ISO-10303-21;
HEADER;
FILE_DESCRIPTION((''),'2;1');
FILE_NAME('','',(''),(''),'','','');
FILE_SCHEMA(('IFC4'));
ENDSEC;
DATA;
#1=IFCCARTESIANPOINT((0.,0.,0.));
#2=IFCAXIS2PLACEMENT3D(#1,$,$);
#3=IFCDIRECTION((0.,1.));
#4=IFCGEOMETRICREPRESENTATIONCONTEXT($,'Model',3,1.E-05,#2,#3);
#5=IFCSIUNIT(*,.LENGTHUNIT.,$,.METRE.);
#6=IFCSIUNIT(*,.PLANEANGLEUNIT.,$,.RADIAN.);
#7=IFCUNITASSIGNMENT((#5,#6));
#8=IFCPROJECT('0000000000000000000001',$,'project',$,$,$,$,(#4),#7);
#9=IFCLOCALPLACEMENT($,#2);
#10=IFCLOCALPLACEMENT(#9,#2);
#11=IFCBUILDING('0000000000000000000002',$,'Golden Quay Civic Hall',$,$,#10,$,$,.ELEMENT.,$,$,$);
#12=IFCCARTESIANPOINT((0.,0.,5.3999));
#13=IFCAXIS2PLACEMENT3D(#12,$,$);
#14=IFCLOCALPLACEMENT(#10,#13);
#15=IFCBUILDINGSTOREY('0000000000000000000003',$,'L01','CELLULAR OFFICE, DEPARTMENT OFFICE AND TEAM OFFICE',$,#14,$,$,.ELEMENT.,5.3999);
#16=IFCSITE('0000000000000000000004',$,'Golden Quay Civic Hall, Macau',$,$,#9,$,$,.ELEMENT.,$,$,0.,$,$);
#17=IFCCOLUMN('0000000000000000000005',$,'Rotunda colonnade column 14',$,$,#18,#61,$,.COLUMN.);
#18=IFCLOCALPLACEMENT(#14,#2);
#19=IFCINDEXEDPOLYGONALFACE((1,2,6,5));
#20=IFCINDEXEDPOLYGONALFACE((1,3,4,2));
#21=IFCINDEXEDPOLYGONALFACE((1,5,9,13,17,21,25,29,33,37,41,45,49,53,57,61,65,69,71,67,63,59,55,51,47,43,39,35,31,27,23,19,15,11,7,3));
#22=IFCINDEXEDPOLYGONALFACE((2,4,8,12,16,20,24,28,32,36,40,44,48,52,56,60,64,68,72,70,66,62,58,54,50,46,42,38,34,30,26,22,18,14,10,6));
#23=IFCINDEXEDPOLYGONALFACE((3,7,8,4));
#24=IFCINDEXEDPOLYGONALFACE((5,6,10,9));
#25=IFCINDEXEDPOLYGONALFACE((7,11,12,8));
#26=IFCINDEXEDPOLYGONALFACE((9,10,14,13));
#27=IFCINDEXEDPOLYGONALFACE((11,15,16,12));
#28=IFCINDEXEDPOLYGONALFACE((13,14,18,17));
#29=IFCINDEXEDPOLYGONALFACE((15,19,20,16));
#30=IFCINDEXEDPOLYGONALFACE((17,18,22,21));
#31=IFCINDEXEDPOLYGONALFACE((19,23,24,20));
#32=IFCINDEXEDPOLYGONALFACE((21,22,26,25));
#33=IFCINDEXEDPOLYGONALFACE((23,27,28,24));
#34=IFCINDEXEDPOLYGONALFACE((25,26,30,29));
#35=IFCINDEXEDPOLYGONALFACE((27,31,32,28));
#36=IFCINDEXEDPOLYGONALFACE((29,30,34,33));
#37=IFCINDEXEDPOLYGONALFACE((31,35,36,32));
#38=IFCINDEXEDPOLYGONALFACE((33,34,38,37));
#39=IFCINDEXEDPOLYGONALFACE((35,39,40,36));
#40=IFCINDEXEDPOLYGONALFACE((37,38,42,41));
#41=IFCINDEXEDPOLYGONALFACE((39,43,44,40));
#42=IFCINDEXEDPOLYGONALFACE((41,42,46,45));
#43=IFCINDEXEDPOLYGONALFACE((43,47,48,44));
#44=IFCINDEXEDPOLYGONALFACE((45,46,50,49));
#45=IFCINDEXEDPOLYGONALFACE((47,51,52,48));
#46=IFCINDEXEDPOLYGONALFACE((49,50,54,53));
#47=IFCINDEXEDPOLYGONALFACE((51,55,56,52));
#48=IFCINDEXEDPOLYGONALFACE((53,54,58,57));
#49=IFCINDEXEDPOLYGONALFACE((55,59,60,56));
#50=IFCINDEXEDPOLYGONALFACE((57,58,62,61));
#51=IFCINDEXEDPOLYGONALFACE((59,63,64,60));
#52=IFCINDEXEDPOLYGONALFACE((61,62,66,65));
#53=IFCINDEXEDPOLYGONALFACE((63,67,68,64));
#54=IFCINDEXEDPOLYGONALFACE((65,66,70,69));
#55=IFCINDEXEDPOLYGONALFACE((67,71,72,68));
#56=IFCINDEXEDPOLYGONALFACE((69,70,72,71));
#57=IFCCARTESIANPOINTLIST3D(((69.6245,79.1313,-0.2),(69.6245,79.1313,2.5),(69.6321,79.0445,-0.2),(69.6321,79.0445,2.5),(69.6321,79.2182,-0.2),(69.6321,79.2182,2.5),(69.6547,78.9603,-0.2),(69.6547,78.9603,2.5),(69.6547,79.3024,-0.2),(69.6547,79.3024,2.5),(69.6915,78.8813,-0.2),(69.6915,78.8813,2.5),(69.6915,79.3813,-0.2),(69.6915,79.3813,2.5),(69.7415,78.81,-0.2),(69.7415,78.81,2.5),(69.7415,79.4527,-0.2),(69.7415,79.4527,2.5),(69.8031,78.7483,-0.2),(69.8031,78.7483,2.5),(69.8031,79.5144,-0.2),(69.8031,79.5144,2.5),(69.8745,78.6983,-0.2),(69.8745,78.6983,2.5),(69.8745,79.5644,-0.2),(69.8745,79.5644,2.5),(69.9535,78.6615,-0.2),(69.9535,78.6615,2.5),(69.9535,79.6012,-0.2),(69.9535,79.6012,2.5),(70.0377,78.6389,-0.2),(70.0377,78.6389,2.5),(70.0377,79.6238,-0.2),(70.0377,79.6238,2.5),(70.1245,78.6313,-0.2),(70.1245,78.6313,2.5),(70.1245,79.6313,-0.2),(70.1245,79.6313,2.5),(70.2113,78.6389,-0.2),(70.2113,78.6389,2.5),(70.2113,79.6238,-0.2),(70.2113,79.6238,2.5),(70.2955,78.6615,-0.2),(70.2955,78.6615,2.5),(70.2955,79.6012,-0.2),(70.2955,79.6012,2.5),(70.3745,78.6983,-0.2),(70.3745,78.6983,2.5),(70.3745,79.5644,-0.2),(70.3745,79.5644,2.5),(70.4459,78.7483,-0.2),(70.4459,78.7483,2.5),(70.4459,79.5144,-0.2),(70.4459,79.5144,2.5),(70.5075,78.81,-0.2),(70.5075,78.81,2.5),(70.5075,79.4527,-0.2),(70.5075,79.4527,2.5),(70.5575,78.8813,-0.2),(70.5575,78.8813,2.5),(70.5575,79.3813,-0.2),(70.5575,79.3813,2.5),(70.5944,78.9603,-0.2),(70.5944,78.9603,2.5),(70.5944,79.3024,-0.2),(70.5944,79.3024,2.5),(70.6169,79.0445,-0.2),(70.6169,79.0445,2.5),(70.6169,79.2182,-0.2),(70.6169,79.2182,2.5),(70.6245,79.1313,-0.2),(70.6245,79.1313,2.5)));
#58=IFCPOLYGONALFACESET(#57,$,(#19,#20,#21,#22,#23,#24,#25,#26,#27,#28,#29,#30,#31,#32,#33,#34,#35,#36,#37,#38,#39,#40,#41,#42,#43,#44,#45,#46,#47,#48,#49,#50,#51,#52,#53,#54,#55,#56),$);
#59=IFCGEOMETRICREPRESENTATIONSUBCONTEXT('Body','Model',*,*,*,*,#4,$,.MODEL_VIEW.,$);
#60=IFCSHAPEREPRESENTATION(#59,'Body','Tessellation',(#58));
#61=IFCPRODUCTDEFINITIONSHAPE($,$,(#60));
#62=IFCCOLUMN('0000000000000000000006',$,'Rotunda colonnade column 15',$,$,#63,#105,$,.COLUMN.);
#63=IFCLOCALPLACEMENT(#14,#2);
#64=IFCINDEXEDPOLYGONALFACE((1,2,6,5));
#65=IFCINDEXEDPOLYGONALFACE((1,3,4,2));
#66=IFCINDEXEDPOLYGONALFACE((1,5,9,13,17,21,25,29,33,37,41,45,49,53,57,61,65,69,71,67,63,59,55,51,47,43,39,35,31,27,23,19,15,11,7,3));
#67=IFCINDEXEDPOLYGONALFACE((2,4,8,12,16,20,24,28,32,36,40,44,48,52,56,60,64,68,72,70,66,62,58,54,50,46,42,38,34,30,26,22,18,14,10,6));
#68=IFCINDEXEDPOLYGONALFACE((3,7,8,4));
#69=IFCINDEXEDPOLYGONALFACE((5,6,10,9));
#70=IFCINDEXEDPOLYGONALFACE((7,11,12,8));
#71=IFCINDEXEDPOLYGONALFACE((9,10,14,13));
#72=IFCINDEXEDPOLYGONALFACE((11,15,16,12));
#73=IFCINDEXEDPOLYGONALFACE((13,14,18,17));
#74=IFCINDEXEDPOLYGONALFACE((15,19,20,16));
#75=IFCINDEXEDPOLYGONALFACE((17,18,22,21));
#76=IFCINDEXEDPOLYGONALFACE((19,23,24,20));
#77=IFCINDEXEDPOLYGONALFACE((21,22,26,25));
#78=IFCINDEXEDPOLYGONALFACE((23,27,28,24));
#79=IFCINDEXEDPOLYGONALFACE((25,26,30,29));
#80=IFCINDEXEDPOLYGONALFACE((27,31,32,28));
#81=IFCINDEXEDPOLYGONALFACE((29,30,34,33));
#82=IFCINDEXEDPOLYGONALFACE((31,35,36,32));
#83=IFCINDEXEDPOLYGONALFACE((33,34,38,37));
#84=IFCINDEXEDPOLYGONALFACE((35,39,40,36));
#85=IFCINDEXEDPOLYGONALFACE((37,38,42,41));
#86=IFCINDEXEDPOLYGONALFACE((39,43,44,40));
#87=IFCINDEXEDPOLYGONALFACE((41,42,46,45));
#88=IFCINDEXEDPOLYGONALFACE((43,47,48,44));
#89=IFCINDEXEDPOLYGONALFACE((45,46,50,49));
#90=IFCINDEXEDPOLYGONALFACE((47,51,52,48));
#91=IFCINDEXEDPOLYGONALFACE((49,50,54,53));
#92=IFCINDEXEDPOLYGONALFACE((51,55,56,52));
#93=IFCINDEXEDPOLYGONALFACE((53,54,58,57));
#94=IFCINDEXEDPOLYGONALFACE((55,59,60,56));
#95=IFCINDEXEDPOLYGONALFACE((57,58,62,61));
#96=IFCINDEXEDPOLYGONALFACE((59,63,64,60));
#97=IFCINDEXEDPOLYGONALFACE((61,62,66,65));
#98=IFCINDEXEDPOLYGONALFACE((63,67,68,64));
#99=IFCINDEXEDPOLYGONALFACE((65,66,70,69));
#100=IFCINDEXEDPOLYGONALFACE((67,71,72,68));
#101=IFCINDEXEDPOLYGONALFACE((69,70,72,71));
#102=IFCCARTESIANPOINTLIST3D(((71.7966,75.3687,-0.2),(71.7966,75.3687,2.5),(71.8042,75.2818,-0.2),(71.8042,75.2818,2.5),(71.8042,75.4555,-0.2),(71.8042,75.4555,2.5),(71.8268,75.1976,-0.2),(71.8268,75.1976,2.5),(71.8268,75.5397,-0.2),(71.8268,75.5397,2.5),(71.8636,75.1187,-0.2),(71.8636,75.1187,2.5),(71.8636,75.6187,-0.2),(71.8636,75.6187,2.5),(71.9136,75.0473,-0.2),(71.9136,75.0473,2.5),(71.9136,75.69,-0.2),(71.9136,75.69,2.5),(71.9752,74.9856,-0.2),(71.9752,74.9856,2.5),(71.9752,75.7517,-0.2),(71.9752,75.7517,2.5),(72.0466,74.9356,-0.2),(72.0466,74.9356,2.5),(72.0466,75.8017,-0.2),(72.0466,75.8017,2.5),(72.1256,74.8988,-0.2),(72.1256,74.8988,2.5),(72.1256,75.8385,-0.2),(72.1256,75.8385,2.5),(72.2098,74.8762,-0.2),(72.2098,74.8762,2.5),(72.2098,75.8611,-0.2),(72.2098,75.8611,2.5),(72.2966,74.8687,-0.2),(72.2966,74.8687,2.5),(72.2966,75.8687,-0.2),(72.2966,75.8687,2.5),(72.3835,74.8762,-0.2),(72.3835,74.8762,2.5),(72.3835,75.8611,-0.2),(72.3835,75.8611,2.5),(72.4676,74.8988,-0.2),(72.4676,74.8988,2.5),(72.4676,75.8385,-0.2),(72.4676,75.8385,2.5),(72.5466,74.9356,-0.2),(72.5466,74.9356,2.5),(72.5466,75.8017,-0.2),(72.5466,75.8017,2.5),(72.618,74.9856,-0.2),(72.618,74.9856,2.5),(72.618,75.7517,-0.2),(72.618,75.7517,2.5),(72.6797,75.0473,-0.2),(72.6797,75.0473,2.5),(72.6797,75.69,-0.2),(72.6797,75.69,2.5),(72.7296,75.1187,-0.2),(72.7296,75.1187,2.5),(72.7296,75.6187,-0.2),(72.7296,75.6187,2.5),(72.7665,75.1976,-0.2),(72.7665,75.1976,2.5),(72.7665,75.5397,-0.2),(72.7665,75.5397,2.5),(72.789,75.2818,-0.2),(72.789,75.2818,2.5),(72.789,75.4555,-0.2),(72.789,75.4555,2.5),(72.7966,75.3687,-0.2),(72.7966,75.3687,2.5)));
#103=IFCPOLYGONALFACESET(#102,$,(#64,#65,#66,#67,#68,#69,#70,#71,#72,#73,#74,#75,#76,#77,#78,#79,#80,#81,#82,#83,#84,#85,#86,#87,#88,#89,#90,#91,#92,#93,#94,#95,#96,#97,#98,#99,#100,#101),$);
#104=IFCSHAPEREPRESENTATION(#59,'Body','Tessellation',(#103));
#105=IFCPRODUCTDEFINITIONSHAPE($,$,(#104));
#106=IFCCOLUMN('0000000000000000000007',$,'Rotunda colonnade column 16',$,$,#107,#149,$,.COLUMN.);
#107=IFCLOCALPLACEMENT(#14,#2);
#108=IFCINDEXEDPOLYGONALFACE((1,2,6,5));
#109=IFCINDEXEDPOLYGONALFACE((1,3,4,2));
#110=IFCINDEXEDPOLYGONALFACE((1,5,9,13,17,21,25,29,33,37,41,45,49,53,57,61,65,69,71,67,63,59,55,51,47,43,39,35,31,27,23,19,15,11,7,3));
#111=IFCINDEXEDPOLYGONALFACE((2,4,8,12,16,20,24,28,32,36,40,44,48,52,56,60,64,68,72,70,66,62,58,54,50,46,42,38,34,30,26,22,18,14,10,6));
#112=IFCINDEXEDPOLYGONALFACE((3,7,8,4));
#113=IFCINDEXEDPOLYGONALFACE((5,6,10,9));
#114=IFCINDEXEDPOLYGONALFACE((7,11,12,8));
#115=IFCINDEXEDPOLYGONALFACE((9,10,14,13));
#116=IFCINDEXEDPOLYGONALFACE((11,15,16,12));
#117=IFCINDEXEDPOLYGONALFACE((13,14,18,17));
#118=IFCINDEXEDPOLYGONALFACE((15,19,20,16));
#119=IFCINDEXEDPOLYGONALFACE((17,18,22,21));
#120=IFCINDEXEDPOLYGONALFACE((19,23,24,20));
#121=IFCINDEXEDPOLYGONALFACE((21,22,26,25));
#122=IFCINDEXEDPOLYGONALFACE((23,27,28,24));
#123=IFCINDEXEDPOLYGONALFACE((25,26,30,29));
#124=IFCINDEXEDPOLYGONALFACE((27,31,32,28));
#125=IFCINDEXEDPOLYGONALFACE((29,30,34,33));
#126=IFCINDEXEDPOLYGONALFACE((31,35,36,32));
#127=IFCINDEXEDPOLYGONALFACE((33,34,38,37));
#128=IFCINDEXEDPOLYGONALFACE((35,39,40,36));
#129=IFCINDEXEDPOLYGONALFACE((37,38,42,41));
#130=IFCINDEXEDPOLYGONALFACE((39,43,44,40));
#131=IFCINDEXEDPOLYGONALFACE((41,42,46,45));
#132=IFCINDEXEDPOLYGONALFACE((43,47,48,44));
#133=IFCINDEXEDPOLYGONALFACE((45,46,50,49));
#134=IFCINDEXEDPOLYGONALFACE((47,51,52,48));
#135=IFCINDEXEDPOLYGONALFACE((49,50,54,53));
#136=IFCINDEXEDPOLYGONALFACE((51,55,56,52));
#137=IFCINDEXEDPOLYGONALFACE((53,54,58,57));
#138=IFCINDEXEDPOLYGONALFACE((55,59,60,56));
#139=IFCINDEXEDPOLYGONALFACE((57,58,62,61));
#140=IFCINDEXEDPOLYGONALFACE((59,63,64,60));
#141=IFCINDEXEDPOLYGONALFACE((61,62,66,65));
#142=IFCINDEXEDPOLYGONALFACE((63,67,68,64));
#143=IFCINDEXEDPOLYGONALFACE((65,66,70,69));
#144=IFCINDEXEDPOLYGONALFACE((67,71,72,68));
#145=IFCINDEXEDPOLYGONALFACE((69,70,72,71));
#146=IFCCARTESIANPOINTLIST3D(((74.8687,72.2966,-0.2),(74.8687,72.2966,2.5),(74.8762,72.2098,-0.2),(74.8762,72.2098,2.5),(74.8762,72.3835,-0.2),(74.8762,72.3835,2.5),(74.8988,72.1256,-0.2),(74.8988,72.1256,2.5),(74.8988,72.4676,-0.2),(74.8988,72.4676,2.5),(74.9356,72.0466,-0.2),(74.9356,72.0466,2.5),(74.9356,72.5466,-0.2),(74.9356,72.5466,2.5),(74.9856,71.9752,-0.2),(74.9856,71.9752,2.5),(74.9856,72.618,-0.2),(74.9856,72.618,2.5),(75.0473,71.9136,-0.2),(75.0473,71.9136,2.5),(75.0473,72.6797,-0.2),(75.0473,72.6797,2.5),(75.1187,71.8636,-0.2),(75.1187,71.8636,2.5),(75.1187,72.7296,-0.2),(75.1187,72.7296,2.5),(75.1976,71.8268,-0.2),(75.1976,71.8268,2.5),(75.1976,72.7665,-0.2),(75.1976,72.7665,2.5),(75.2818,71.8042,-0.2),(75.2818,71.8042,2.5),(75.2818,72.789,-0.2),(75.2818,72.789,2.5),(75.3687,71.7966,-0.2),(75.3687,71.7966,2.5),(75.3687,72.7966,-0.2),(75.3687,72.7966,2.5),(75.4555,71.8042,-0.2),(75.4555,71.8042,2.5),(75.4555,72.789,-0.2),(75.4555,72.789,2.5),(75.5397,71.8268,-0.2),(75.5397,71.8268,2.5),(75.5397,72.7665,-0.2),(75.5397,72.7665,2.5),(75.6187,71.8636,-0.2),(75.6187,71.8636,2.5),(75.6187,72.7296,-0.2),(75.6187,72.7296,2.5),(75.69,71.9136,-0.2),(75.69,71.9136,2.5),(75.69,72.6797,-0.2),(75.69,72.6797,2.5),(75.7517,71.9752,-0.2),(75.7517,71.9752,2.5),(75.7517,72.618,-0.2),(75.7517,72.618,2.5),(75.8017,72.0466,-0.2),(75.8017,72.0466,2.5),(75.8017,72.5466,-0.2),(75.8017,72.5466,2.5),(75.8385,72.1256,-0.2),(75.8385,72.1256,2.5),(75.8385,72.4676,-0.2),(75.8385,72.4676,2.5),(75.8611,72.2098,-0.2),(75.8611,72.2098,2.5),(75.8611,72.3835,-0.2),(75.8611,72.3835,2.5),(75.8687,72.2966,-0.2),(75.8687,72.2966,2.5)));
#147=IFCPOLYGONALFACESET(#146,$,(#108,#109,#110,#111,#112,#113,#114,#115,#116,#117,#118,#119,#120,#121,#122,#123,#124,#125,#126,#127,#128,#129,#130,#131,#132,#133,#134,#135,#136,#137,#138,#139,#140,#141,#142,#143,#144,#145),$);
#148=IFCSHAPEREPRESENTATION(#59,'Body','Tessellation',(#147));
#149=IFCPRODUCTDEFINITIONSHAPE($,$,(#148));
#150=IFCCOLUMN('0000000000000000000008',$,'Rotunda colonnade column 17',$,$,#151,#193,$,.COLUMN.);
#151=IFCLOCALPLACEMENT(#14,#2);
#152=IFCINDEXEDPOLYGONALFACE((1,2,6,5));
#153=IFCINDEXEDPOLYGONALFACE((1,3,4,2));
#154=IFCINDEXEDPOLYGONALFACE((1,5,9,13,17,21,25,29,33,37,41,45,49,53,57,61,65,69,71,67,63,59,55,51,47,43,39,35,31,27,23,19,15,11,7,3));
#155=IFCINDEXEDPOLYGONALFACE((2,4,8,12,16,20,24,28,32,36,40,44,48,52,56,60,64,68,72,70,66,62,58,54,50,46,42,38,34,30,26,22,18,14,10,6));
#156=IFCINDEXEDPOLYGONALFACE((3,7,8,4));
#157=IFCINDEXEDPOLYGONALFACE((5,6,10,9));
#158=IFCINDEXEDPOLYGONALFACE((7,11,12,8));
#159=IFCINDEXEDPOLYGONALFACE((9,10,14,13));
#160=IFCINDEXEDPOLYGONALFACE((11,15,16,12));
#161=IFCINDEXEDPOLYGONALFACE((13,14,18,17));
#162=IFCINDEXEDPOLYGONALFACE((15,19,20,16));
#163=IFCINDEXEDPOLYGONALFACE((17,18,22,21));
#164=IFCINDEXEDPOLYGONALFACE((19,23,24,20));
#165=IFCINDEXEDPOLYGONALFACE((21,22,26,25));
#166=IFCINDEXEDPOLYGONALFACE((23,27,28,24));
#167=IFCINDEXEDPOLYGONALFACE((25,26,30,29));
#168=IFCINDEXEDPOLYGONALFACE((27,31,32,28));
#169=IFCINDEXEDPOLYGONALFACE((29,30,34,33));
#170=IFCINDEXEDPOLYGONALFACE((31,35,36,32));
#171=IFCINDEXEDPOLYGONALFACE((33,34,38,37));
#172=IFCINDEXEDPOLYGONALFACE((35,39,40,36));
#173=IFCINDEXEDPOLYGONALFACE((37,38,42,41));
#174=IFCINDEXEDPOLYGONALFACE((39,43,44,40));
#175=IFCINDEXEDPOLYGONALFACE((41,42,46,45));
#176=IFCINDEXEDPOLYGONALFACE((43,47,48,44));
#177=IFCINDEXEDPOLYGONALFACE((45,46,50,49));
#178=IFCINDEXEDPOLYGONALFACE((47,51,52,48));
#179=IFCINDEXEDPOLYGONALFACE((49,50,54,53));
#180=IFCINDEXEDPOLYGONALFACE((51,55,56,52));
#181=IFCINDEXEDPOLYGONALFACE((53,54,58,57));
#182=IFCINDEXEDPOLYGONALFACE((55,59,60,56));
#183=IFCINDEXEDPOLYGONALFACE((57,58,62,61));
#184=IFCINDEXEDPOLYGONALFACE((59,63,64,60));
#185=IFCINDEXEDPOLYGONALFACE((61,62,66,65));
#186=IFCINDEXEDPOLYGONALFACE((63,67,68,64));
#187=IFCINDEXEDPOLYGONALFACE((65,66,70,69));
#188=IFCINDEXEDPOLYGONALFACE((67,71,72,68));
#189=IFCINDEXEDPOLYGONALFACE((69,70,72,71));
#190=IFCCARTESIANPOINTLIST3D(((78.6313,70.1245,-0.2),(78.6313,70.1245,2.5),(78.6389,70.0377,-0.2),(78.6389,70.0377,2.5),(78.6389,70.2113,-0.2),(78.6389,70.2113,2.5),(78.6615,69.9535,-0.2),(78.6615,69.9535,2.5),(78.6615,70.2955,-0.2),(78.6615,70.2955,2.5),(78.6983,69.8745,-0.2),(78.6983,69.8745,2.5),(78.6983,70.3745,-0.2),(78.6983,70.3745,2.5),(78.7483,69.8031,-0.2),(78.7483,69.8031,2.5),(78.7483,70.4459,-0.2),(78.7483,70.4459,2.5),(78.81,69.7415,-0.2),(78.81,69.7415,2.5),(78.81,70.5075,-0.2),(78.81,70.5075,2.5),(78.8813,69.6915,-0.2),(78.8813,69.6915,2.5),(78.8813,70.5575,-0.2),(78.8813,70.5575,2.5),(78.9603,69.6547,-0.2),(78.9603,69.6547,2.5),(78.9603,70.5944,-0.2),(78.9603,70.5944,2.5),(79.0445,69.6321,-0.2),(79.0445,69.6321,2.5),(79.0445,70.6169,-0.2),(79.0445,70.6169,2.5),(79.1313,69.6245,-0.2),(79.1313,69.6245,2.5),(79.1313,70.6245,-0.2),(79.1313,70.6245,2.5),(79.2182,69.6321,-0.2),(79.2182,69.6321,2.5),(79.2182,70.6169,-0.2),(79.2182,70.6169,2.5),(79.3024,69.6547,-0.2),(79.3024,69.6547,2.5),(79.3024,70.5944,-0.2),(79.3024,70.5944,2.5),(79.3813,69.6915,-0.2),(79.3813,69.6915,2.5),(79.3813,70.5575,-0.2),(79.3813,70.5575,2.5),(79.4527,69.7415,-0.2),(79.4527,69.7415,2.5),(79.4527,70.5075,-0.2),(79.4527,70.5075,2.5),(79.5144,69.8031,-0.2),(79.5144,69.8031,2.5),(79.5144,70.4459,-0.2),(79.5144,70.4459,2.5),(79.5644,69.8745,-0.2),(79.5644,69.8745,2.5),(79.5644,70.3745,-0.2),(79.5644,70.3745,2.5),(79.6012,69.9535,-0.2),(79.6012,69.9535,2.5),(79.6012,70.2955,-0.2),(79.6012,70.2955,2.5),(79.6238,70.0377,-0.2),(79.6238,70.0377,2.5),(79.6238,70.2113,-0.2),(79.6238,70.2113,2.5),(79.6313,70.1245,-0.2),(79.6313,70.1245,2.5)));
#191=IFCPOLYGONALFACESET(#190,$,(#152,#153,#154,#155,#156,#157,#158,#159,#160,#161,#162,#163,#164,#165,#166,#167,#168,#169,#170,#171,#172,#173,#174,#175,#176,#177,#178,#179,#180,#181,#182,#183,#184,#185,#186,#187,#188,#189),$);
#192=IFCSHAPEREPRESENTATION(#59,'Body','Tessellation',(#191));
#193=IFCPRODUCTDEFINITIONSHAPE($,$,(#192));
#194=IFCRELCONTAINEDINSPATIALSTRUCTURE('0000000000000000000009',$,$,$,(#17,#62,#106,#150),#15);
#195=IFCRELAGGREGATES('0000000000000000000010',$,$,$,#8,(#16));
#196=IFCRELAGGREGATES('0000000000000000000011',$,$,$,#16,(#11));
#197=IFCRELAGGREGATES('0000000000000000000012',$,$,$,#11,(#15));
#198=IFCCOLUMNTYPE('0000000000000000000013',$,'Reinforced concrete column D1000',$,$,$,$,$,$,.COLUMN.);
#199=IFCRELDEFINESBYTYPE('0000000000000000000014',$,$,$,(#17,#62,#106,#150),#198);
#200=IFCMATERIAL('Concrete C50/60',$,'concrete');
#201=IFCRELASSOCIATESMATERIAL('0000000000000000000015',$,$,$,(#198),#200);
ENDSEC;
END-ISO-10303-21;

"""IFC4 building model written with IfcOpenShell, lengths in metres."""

from ifc_helpers import new_model, si_unit, direction, frame, origin, origin_2d, place, context, subcontext, project, spatial, circle, extrude, material, material_profile, profile_set, type_object, element, save


model = new_model("IFC4")

# Units and contexts
model_context = context("Model", 3, precision=1e-05, world=origin(), true_north=direction((0.0, 1.0)))
body_context = subcontext(model_context, "Body", "Model", "MODEL_VIEW")
ifc_project = project(units=[si_unit("LENGTHUNIT", "METRE"), si_unit("PLANEANGLEUNIT", "RADIAN")], contexts=[model_context])

# Site, building, storey
site_placement = place(None, origin())
site = spatial("IfcSite", under=ifc_project, at=site_placement, Name="Golden Quay Civic Hall, Macau", CompositionType="ELEMENT", RefElevation=0.0)
building_placement = place(site_placement, origin())
building = spatial("IfcBuilding", under=site, at=building_placement, Name="Golden Quay Civic Hall", CompositionType="ELEMENT")
storey_placement = place(building_placement, frame((0.0, 0.0, 5.3999)))
storey = spatial("IfcBuildingStorey", under=building, at=storey_placement, Name="L01", Description="CELLULAR OFFICE, DEPARTMENT OFFICE AND TEAM OFFICE", CompositionType="ELEMENT", Elevation=5.3999)

# Columns
ifc_material_1 = material(Name="Concrete C50/60", Category="concrete")
ifc_material_profile_1 = material_profile(ifc_material_1, circle(Radius=0.5, at=origin_2d()), Name="RC D1000")
ifc_profile_set_1 = profile_set([ifc_material_profile_1], Name="Concrete C50/60")
column_type_1 = type_object("IfcColumnType", Name="Reinforced concrete column D1000", PredefinedType="COLUMN", material=ifc_profile_set_1)
for number, where, z_axis, x_axis, name in (
    (1, (70.1245, 79.1313, -0.2), (0.0, 0.0, 1.0), (1.0, 0.0, 0.0), "Rotunda colonnade column 14"),
    (2, (72.2966, 75.3687, -0.2), (0.0, 0.0, 1.0), (1.0, 0.0, 0.0), "Rotunda colonnade column 15"),
    (3, (75.3687, 72.2966, -0.2), (0.0, 0.0, 1.0), (1.0, 0.0, 0.0), "Rotunda colonnade column 16"),
    (4, (79.1313, 70.1245, -0.2), (0.0, 0.0, 1.0), (1.0, 0.0, 0.0), "Rotunda colonnade column 17"),
):
    element("IfcColumn", number, at=place(storey_placement, frame(where, z_axis=z_axis, x_axis=x_axis)), inside=storey, type_object=column_type_1, Name=name, PredefinedType="COLUMN", context=body_context, shape_type="SweptSolid", body=[
        extrude(circle(Radius=0.5, at=origin_2d()), origin(), (0.0, 0.0, 1.0), 2.7),
    ])

save(model, "model.ifc")
